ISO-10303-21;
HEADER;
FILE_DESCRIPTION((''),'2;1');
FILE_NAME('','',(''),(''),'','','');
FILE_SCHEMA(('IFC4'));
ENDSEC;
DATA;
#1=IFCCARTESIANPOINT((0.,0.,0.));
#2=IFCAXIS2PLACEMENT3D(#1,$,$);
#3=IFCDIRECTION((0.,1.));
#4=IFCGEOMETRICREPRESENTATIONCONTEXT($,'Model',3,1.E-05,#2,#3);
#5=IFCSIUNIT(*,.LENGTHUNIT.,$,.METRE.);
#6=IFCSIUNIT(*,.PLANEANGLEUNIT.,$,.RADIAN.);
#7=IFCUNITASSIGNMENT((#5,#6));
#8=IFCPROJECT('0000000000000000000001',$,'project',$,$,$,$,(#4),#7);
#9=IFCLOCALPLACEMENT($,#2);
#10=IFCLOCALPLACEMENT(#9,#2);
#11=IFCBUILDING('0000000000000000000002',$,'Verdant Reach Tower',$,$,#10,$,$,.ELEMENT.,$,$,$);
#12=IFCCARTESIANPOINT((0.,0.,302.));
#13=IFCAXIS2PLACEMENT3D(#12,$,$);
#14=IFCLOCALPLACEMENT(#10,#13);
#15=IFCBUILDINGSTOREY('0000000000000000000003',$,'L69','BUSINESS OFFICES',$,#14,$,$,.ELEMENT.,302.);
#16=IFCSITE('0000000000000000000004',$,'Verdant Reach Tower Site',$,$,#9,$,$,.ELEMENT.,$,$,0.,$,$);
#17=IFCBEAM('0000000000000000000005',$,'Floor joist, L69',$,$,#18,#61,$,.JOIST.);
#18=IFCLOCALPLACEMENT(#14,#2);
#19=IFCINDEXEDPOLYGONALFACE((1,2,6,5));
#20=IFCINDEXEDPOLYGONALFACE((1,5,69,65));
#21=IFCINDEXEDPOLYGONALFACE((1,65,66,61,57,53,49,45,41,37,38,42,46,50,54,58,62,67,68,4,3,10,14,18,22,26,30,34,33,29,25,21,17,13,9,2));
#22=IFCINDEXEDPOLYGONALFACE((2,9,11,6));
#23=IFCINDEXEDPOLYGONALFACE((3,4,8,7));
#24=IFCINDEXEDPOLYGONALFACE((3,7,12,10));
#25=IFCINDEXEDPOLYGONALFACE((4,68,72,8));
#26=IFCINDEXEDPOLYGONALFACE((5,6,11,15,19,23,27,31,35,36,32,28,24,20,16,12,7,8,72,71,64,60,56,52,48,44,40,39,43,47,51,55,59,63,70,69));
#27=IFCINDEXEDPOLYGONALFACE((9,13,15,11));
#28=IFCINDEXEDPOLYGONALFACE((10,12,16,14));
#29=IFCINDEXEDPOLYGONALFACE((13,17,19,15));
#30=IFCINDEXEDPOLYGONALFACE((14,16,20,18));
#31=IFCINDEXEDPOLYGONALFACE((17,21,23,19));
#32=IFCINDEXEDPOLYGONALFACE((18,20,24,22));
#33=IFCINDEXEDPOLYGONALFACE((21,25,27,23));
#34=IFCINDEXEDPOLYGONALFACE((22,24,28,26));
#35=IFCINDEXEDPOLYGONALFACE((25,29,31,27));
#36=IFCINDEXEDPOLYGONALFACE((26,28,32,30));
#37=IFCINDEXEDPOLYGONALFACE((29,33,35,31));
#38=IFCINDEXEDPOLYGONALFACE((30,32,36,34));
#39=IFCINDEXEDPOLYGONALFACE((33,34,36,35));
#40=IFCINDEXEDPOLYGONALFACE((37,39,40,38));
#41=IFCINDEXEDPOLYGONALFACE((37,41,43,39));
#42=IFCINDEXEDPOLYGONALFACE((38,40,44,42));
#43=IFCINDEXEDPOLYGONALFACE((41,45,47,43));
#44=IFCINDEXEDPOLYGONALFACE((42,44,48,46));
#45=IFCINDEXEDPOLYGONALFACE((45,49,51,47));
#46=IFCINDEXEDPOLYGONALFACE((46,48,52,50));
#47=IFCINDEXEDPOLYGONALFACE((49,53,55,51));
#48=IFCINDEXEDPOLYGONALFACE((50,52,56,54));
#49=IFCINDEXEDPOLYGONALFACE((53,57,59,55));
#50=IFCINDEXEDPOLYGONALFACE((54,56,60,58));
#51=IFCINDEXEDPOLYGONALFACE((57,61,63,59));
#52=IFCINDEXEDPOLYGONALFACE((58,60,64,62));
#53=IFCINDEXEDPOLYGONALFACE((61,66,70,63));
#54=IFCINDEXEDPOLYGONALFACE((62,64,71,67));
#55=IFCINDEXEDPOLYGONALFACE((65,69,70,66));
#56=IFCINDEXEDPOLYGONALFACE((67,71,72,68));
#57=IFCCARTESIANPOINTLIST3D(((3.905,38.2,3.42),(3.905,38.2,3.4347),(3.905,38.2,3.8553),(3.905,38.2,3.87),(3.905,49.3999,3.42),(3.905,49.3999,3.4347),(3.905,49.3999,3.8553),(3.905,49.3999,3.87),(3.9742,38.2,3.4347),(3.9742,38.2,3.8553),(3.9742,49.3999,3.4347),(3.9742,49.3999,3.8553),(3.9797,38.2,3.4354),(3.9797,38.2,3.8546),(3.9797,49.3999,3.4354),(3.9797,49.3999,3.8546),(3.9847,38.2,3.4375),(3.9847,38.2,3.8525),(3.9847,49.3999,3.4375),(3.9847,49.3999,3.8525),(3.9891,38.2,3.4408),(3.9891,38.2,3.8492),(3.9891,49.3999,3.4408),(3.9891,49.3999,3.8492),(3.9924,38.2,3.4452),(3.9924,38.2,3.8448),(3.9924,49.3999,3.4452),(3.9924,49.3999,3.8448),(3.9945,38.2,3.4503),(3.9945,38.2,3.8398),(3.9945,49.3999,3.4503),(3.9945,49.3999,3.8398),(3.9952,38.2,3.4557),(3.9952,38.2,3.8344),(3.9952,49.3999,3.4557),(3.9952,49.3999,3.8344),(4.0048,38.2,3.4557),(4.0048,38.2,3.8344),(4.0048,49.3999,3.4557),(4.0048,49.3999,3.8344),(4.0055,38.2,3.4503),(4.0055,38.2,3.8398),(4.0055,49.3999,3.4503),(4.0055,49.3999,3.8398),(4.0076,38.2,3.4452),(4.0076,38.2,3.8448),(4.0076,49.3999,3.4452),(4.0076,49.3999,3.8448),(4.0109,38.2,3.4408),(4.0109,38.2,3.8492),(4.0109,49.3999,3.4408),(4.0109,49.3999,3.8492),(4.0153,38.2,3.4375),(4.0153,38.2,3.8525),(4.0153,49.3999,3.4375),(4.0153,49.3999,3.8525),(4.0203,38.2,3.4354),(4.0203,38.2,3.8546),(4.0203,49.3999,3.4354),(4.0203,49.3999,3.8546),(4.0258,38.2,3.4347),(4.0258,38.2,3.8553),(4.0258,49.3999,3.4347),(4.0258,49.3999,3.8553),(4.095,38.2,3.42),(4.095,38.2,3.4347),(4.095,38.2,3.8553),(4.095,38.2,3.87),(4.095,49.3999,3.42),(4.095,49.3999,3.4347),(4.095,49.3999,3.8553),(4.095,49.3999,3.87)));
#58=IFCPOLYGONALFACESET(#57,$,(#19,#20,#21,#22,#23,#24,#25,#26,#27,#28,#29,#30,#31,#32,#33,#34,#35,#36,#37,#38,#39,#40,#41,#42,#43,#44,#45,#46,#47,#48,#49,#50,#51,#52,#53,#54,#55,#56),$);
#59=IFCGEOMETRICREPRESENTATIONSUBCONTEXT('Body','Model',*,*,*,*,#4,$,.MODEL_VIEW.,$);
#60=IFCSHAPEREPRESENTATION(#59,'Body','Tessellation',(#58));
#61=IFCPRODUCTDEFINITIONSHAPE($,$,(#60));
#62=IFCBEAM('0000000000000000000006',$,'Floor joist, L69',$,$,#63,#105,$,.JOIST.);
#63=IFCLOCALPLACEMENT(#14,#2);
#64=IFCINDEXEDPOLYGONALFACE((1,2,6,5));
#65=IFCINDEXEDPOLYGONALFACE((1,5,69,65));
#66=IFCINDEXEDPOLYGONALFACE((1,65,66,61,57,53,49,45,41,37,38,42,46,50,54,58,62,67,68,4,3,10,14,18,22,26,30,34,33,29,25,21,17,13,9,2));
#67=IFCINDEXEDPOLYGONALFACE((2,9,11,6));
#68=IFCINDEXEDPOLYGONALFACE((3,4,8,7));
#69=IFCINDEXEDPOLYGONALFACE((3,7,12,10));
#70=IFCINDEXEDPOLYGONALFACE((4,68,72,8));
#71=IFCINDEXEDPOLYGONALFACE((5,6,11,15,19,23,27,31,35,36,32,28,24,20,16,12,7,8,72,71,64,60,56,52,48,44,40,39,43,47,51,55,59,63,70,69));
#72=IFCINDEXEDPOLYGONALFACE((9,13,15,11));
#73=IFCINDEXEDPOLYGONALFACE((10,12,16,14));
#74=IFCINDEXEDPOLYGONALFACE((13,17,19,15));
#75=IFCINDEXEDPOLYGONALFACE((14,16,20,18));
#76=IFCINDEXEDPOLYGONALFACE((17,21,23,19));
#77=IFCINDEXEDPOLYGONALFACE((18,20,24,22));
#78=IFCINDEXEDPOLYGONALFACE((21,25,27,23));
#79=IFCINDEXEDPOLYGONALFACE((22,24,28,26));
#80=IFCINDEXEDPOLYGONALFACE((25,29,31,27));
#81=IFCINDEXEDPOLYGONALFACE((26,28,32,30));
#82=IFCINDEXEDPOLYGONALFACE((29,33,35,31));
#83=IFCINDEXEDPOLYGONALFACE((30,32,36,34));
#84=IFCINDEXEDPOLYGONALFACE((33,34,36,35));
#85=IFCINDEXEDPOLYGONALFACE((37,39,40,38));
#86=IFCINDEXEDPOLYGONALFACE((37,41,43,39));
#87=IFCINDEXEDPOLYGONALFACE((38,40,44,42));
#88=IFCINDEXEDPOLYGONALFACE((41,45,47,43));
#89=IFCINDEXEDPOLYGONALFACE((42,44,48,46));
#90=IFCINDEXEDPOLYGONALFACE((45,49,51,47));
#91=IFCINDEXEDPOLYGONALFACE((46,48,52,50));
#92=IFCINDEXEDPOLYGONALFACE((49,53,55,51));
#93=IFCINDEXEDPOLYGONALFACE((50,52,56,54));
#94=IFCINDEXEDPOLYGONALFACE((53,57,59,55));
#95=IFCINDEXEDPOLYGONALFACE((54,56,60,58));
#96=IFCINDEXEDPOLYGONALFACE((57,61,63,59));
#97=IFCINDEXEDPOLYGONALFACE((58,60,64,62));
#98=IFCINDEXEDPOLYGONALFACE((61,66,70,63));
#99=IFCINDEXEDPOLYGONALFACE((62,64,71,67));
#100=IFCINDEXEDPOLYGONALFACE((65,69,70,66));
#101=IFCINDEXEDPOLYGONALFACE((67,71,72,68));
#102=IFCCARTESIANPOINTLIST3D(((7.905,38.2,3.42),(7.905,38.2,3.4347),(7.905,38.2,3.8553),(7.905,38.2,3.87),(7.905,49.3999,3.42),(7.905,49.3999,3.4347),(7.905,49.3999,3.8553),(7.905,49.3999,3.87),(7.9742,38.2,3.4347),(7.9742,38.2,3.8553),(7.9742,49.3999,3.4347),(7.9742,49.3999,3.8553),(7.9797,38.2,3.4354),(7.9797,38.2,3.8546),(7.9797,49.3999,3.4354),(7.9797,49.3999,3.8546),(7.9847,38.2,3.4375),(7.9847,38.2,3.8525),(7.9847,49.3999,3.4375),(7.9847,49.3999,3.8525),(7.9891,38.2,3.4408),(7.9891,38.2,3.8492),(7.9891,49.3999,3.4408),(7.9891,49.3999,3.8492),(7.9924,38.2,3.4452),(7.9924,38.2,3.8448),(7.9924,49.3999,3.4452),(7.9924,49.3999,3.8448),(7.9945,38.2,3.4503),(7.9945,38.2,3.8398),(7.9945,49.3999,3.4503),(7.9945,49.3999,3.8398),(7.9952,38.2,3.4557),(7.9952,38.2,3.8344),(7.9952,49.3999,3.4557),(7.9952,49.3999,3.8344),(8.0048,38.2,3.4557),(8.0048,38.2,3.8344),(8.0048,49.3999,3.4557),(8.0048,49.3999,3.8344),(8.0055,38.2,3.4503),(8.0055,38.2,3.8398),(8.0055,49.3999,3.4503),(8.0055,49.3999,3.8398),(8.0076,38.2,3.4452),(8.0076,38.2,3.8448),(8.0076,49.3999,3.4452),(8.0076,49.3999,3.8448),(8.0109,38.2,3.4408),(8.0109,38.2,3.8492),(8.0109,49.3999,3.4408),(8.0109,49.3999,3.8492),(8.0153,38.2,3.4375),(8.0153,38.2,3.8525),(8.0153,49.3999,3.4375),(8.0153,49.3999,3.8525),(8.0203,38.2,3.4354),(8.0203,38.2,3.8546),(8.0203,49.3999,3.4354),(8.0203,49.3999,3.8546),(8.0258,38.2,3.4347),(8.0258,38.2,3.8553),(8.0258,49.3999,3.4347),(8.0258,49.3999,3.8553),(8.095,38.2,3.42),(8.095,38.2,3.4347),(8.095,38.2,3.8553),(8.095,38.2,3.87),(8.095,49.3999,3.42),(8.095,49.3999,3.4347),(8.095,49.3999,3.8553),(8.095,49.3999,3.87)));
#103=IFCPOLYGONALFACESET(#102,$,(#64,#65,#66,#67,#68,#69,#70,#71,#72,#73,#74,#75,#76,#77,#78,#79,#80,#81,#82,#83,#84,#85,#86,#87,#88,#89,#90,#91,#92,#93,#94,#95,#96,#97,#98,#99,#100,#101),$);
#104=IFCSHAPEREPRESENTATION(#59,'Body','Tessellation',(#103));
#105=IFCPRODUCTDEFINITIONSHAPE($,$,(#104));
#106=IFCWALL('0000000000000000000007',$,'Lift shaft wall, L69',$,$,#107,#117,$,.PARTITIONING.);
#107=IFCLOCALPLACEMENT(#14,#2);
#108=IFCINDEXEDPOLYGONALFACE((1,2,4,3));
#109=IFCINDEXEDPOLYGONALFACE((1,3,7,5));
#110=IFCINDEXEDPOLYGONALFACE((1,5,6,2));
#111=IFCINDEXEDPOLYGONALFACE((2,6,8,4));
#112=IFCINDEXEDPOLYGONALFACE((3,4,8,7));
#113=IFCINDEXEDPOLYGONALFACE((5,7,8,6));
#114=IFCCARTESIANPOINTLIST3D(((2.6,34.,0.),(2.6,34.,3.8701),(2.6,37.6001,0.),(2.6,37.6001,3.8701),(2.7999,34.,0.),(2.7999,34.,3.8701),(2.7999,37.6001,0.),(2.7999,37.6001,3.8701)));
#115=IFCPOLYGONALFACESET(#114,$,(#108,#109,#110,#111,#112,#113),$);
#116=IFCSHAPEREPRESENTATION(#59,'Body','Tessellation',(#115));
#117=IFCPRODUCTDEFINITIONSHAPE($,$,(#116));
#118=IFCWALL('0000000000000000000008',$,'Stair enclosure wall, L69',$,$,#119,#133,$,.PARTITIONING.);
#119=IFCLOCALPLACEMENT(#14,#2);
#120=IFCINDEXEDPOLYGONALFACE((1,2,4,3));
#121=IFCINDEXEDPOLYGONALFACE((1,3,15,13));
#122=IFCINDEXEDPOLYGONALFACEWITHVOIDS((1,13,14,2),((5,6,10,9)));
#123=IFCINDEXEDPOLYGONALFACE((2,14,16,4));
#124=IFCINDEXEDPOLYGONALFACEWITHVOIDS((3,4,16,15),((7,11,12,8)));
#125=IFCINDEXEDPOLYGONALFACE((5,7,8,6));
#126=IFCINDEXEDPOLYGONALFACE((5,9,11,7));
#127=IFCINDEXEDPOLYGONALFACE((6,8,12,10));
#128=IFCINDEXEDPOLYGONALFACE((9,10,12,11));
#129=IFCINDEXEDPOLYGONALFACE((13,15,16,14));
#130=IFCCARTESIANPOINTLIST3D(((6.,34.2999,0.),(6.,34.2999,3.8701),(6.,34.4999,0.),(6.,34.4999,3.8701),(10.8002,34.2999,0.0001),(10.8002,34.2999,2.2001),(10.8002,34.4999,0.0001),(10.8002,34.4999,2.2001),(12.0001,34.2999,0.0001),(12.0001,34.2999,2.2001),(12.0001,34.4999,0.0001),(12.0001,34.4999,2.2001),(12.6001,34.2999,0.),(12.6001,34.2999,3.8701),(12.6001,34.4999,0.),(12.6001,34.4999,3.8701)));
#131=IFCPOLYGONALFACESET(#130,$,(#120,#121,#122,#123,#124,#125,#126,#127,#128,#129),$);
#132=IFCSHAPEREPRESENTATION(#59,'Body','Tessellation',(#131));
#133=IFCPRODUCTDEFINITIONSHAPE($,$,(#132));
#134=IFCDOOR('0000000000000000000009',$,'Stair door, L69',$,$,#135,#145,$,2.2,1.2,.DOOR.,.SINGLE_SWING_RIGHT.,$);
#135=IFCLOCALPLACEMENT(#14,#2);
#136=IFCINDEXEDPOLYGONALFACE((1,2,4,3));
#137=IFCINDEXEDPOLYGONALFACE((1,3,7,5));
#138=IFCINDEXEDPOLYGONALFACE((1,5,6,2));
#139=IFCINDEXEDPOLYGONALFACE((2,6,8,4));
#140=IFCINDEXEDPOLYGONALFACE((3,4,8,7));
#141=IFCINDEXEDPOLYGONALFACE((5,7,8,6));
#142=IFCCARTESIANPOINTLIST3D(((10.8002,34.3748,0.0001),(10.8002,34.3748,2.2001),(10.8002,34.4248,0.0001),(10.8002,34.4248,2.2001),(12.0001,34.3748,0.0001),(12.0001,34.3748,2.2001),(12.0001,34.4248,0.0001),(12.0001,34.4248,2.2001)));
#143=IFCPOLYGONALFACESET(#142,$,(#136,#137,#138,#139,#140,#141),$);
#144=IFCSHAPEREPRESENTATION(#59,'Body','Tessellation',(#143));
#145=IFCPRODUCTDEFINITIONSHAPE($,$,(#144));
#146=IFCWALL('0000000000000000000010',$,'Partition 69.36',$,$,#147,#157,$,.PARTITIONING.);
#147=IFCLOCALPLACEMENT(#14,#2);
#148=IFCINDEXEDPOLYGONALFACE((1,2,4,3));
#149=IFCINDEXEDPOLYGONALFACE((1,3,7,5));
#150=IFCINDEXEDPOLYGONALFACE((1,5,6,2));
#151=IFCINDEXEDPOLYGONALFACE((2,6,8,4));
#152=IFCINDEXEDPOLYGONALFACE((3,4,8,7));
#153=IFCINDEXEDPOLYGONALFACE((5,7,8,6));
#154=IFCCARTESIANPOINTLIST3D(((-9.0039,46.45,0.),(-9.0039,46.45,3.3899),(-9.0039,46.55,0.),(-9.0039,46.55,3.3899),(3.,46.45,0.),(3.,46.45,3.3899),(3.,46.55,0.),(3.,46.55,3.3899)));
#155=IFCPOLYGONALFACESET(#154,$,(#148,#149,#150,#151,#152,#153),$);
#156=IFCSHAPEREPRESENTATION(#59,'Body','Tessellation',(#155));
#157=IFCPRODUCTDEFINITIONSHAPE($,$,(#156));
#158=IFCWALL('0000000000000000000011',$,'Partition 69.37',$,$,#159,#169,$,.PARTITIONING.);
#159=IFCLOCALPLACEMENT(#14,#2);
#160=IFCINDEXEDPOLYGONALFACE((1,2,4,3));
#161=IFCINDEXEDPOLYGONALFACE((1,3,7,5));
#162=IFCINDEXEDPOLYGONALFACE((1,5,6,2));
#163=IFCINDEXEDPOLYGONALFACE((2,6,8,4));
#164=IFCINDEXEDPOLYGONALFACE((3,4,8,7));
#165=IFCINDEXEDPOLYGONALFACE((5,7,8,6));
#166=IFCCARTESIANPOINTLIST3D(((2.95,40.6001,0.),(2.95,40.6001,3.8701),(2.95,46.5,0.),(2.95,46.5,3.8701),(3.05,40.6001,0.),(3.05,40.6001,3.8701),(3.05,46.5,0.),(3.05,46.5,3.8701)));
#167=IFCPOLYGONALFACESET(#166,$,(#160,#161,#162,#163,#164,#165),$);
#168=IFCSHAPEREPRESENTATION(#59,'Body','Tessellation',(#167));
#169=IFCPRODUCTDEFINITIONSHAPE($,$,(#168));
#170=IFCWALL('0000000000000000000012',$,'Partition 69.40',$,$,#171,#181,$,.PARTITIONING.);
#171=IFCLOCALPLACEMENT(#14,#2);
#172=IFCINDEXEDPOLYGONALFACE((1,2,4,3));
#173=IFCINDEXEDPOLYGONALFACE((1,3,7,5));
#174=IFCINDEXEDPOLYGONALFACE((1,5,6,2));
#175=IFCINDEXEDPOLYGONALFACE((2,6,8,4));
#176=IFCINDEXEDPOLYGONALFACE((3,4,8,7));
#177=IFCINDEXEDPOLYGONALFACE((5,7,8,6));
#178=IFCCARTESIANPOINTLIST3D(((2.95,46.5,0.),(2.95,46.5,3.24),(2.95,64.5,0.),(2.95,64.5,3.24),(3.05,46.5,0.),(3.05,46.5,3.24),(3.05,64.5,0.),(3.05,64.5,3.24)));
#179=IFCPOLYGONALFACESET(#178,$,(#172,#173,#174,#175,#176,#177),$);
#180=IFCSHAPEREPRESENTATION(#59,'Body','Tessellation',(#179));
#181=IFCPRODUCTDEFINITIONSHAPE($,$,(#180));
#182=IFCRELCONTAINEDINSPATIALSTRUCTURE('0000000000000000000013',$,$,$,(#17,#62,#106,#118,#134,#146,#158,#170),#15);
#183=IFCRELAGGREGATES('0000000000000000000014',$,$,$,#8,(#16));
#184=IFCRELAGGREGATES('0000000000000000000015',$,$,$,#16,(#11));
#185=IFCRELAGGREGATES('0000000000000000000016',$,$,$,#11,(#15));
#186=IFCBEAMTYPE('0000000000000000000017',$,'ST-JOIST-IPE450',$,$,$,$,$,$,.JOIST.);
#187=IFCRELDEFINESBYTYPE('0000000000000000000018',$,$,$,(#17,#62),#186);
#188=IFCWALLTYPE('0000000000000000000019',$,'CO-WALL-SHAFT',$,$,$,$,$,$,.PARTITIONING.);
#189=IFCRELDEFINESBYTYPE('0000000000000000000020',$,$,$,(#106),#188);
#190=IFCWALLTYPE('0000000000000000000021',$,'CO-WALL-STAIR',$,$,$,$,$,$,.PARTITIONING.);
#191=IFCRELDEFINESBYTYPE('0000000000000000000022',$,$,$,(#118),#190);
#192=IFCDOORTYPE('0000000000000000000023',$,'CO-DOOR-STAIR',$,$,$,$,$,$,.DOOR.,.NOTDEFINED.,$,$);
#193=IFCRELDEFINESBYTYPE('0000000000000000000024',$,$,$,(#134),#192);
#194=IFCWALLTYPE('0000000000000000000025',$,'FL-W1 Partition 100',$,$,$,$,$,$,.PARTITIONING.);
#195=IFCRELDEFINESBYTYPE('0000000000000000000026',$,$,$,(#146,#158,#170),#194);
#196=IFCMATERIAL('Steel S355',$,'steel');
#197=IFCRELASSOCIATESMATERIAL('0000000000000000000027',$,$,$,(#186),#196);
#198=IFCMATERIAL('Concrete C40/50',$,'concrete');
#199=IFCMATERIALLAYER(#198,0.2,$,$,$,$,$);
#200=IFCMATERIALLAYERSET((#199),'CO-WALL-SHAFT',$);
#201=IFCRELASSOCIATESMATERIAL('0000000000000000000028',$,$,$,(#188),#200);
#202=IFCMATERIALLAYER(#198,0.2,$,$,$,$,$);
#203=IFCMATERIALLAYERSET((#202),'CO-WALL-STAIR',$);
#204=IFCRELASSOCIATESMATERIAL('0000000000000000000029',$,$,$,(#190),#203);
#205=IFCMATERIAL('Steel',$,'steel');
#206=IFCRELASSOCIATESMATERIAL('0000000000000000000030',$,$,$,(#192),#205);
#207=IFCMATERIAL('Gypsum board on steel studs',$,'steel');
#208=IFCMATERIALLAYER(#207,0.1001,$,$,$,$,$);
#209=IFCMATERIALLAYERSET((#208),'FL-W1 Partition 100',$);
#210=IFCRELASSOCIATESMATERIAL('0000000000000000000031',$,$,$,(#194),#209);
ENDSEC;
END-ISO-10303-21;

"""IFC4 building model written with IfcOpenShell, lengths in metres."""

from ifc_helpers import new_model, si_unit, direction, frame, frame_2d, origin, origin_2d, place, context, subcontext, project, spatial, rectangle, i_section, extrude, material, layer, layer_set, material_profile, profile_set, type_object, element, fill, save


model = new_model("IFC4")

# Units and contexts
model_context = context("Model", 3, precision=1e-05, world=origin(), true_north=direction((0.0, 1.0)))
body_context = subcontext(model_context, "Body", "Model", "MODEL_VIEW")
ifc_project = project(units=[si_unit("LENGTHUNIT", "METRE"), si_unit("PLANEANGLEUNIT", "RADIAN")], contexts=[model_context])

# Site, building, storey
site_placement = place(None, origin())
site = spatial("IfcSite", under=ifc_project, at=site_placement, Name="Verdant Reach Tower Site", CompositionType="ELEMENT", RefElevation=0.0)
building_placement = place(site_placement, origin())
building = spatial("IfcBuilding", under=site, at=building_placement, Name="Verdant Reach Tower", CompositionType="ELEMENT")
storey_placement = place(building_placement, frame((0.0, 0.0, 302.0)))
storey = spatial("IfcBuildingStorey", under=building, at=storey_placement, Name="L69", Description="BUSINESS OFFICES", CompositionType="ELEMENT", Elevation=302.0)

# Beams
ifc_material_1 = material(Name="Steel S355", Category="steel")
ifc_material_profile = material_profile(ifc_material_1, i_section(OverallWidth=0.1899, OverallDepth=0.45, WebThickness=0.0095, FlangeThickness=0.0146, FilletRadius=0.021, at=origin_2d()), Name="IPE 450")
ifc_profile_set = profile_set([ifc_material_profile], Name="Steel S355")
beam_type = type_object("IfcBeamType", Name="ST-JOIST-IPE450", PredefinedType="JOIST", material=ifc_profile_set)
for number, where, z_axis, x_axis, name in (
    (1, (4.0, 38.2, 3.645), (0.0, 1.0, 0.0), (-1.0, 0.0, 0.0), "Floor joist, L69"),
    (2, (8.0, 38.2, 3.645), (0.0, 1.0, 0.0), (-1.0, 0.0, 0.0), "Floor joist, L69"),
):
    element("IfcBeam", number, at=place(storey_placement, frame(where, z_axis=z_axis, x_axis=x_axis)), inside=storey, type_object=beam_type, Name=name, PredefinedType="JOIST", context=body_context, shape_type="SweptSolid", body=[
        extrude(i_section(OverallWidth=0.1899, OverallDepth=0.45, WebThickness=0.0095, FlangeThickness=0.0146, FilletRadius=0.021, at=origin_2d()), origin(), (0.0, 0.0, 1.0), 11.2),
    ])

# Wall
ifc_material_2 = material(Name="Concrete C40/50", Category="concrete")
ifc_layer_1 = layer(ifc_material_2, 0.2)
ifc_layer_set_1 = layer_set([ifc_layer_1], Name="CO-WALL-SHAFT")
wall_type_1 = type_object("IfcWallType", Name="CO-WALL-SHAFT", PredefinedType="PARTITIONING", material=ifc_layer_set_1)
wall_1_placement = place(storey_placement, frame((2.7, 34.0, 0.0), z_axis=(0.0, 0.0, 1.0), x_axis=(0.0, 1.0, 0.0)))
element("IfcWall", 3, at=wall_1_placement, inside=storey, type_object=wall_type_1, Name="Lift shaft wall, L69", PredefinedType="PARTITIONING", context=body_context, shape_type="SweptSolid", body=[
    extrude(rectangle(XDim=3.6001, YDim=0.2, at=frame_2d((1.8, 0.0))), origin(), (0.0, 0.0, 1.0), 3.8701),
])

# Wall, opening, door
ifc_layer_2 = layer(ifc_material_2, 0.2)
ifc_layer_set_2 = layer_set([ifc_layer_2], Name="CO-WALL-STAIR")
wall_type_2 = type_object("IfcWallType", Name="CO-WALL-STAIR", PredefinedType="PARTITIONING", material=ifc_layer_set_2)
wall_2_placement = place(storey_placement, frame((6.0, 34.3999, 0.0), z_axis=(0.0, 0.0, 1.0), x_axis=(1.0, 0.0, 0.0)))
wall_2 = element("IfcWall", 4, at=wall_2_placement, inside=storey, type_object=wall_type_2, Name="Stair enclosure wall, L69", PredefinedType="PARTITIONING", context=body_context, shape_type="SweptSolid", body=[
    extrude(rectangle(XDim=6.6001, YDim=0.2, at=frame_2d((3.3, 0.0))), origin(), (0.0, 0.0, 1.0), 3.8701),
])
opening_1_placement = place(wall_2_placement, frame((4.8, 0.0, 0.0)))
opening_1 = element("IfcOpeningElement", 5, at=opening_1_placement, cuts=wall_2, PredefinedType="OPENING", context=body_context, shape_type="SweptSolid", body=[
    extrude(rectangle(XDim=1.2, YDim=2.2, at=frame_2d((0.6001, 1.1001))), frame((0.0, 0.1099, 0.0), z_axis=(0.0, -1.0, 0.0), x_axis=(1.0, 0.0, 0.0)), (0.0, 0.0, 1.0), 0.22),
])
ifc_material_3 = material(Name="Steel", Category="steel")
door_type_1 = type_object("IfcDoorType", Name="CO-DOOR-STAIR", OperationType="NOTDEFINED", PredefinedType="DOOR", material=ifc_material_3)
door_1_placement = place(opening_1_placement, origin())
door_1 = element("IfcDoor", 6, at=door_1_placement, inside=storey, type_object=door_type_1, Name="Stair door, L69", OperationType="SINGLE_SWING_RIGHT", OverallHeight=2.2, OverallWidth=1.2, PredefinedType="DOOR", context=body_context, shape_type="SweptSolid", body=[
    extrude(rectangle(XDim=1.2, YDim=2.2, at=frame_2d((0.6001, 1.1001))), frame((0.0, 0.0249, 0.0), z_axis=(0.0, -1.0, 0.0), x_axis=(1.0, 0.0, 0.0)), (0.0, 0.0, 1.0), 0.05),
])
fill(opening_1, door_1)

# Walls
ifc_material_4 = material(Name="Gypsum board on steel studs", Category="steel")
ifc_layer_3 = layer(ifc_material_4, 0.1001)
ifc_layer_set_3 = layer_set([ifc_layer_3], Name="FL-W1 Partition 100")
wall_type_3 = type_object("IfcWallType", Name="FL-W1 Partition 100", PredefinedType="PARTITIONING", material=ifc_layer_set_3)
wall_3_placement = place(storey_placement, frame((3.0, 46.5, 0.0), z_axis=(0.0, 0.0, 1.0), x_axis=(-1.0, 0.0, 0.0)))
element("IfcWall", 7, at=wall_3_placement, inside=storey, type_object=wall_type_3, Name="Partition 69.36", PredefinedType="PARTITIONING", context=body_context, shape_type="SweptSolid", body=[
    extrude(rectangle(XDim=12.0039, YDim=0.1001, at=frame_2d((6.002, 0.0))), origin(), (0.0, 0.0, 1.0), 3.3899),
])
wall_4_placement = place(storey_placement, frame((3.0, 40.6001, 0.0), z_axis=(0.0, 0.0, 1.0), x_axis=(0.0, 1.0, 0.0)))
element("IfcWall", 8, at=wall_4_placement, inside=storey, type_object=wall_type_3, Name="Partition 69.37", PredefinedType="PARTITIONING", context=body_context, shape_type="SweptSolid", body=[
    extrude(rectangle(XDim=5.8999, YDim=0.1001, at=frame_2d((2.95, 0.0))), origin(), (0.0, 0.0, 1.0), 3.8701),
])
wall_5_placement = place(storey_placement, frame((3.0, 46.5, 0.0), z_axis=(0.0, 0.0, 1.0), x_axis=(0.0, 1.0, 0.0)))
element("IfcWall", 9, at=wall_5_placement, inside=storey, type_object=wall_type_3, Name="Partition 69.40", PredefinedType="PARTITIONING", context=body_context, shape_type="SweptSolid", body=[
    extrude(rectangle(XDim=18.0, YDim=0.1001, at=frame_2d((9.0, 0.0))), origin(), (0.0, 0.0, 1.0), 3.24),
])

save(model, "model.ifc")
